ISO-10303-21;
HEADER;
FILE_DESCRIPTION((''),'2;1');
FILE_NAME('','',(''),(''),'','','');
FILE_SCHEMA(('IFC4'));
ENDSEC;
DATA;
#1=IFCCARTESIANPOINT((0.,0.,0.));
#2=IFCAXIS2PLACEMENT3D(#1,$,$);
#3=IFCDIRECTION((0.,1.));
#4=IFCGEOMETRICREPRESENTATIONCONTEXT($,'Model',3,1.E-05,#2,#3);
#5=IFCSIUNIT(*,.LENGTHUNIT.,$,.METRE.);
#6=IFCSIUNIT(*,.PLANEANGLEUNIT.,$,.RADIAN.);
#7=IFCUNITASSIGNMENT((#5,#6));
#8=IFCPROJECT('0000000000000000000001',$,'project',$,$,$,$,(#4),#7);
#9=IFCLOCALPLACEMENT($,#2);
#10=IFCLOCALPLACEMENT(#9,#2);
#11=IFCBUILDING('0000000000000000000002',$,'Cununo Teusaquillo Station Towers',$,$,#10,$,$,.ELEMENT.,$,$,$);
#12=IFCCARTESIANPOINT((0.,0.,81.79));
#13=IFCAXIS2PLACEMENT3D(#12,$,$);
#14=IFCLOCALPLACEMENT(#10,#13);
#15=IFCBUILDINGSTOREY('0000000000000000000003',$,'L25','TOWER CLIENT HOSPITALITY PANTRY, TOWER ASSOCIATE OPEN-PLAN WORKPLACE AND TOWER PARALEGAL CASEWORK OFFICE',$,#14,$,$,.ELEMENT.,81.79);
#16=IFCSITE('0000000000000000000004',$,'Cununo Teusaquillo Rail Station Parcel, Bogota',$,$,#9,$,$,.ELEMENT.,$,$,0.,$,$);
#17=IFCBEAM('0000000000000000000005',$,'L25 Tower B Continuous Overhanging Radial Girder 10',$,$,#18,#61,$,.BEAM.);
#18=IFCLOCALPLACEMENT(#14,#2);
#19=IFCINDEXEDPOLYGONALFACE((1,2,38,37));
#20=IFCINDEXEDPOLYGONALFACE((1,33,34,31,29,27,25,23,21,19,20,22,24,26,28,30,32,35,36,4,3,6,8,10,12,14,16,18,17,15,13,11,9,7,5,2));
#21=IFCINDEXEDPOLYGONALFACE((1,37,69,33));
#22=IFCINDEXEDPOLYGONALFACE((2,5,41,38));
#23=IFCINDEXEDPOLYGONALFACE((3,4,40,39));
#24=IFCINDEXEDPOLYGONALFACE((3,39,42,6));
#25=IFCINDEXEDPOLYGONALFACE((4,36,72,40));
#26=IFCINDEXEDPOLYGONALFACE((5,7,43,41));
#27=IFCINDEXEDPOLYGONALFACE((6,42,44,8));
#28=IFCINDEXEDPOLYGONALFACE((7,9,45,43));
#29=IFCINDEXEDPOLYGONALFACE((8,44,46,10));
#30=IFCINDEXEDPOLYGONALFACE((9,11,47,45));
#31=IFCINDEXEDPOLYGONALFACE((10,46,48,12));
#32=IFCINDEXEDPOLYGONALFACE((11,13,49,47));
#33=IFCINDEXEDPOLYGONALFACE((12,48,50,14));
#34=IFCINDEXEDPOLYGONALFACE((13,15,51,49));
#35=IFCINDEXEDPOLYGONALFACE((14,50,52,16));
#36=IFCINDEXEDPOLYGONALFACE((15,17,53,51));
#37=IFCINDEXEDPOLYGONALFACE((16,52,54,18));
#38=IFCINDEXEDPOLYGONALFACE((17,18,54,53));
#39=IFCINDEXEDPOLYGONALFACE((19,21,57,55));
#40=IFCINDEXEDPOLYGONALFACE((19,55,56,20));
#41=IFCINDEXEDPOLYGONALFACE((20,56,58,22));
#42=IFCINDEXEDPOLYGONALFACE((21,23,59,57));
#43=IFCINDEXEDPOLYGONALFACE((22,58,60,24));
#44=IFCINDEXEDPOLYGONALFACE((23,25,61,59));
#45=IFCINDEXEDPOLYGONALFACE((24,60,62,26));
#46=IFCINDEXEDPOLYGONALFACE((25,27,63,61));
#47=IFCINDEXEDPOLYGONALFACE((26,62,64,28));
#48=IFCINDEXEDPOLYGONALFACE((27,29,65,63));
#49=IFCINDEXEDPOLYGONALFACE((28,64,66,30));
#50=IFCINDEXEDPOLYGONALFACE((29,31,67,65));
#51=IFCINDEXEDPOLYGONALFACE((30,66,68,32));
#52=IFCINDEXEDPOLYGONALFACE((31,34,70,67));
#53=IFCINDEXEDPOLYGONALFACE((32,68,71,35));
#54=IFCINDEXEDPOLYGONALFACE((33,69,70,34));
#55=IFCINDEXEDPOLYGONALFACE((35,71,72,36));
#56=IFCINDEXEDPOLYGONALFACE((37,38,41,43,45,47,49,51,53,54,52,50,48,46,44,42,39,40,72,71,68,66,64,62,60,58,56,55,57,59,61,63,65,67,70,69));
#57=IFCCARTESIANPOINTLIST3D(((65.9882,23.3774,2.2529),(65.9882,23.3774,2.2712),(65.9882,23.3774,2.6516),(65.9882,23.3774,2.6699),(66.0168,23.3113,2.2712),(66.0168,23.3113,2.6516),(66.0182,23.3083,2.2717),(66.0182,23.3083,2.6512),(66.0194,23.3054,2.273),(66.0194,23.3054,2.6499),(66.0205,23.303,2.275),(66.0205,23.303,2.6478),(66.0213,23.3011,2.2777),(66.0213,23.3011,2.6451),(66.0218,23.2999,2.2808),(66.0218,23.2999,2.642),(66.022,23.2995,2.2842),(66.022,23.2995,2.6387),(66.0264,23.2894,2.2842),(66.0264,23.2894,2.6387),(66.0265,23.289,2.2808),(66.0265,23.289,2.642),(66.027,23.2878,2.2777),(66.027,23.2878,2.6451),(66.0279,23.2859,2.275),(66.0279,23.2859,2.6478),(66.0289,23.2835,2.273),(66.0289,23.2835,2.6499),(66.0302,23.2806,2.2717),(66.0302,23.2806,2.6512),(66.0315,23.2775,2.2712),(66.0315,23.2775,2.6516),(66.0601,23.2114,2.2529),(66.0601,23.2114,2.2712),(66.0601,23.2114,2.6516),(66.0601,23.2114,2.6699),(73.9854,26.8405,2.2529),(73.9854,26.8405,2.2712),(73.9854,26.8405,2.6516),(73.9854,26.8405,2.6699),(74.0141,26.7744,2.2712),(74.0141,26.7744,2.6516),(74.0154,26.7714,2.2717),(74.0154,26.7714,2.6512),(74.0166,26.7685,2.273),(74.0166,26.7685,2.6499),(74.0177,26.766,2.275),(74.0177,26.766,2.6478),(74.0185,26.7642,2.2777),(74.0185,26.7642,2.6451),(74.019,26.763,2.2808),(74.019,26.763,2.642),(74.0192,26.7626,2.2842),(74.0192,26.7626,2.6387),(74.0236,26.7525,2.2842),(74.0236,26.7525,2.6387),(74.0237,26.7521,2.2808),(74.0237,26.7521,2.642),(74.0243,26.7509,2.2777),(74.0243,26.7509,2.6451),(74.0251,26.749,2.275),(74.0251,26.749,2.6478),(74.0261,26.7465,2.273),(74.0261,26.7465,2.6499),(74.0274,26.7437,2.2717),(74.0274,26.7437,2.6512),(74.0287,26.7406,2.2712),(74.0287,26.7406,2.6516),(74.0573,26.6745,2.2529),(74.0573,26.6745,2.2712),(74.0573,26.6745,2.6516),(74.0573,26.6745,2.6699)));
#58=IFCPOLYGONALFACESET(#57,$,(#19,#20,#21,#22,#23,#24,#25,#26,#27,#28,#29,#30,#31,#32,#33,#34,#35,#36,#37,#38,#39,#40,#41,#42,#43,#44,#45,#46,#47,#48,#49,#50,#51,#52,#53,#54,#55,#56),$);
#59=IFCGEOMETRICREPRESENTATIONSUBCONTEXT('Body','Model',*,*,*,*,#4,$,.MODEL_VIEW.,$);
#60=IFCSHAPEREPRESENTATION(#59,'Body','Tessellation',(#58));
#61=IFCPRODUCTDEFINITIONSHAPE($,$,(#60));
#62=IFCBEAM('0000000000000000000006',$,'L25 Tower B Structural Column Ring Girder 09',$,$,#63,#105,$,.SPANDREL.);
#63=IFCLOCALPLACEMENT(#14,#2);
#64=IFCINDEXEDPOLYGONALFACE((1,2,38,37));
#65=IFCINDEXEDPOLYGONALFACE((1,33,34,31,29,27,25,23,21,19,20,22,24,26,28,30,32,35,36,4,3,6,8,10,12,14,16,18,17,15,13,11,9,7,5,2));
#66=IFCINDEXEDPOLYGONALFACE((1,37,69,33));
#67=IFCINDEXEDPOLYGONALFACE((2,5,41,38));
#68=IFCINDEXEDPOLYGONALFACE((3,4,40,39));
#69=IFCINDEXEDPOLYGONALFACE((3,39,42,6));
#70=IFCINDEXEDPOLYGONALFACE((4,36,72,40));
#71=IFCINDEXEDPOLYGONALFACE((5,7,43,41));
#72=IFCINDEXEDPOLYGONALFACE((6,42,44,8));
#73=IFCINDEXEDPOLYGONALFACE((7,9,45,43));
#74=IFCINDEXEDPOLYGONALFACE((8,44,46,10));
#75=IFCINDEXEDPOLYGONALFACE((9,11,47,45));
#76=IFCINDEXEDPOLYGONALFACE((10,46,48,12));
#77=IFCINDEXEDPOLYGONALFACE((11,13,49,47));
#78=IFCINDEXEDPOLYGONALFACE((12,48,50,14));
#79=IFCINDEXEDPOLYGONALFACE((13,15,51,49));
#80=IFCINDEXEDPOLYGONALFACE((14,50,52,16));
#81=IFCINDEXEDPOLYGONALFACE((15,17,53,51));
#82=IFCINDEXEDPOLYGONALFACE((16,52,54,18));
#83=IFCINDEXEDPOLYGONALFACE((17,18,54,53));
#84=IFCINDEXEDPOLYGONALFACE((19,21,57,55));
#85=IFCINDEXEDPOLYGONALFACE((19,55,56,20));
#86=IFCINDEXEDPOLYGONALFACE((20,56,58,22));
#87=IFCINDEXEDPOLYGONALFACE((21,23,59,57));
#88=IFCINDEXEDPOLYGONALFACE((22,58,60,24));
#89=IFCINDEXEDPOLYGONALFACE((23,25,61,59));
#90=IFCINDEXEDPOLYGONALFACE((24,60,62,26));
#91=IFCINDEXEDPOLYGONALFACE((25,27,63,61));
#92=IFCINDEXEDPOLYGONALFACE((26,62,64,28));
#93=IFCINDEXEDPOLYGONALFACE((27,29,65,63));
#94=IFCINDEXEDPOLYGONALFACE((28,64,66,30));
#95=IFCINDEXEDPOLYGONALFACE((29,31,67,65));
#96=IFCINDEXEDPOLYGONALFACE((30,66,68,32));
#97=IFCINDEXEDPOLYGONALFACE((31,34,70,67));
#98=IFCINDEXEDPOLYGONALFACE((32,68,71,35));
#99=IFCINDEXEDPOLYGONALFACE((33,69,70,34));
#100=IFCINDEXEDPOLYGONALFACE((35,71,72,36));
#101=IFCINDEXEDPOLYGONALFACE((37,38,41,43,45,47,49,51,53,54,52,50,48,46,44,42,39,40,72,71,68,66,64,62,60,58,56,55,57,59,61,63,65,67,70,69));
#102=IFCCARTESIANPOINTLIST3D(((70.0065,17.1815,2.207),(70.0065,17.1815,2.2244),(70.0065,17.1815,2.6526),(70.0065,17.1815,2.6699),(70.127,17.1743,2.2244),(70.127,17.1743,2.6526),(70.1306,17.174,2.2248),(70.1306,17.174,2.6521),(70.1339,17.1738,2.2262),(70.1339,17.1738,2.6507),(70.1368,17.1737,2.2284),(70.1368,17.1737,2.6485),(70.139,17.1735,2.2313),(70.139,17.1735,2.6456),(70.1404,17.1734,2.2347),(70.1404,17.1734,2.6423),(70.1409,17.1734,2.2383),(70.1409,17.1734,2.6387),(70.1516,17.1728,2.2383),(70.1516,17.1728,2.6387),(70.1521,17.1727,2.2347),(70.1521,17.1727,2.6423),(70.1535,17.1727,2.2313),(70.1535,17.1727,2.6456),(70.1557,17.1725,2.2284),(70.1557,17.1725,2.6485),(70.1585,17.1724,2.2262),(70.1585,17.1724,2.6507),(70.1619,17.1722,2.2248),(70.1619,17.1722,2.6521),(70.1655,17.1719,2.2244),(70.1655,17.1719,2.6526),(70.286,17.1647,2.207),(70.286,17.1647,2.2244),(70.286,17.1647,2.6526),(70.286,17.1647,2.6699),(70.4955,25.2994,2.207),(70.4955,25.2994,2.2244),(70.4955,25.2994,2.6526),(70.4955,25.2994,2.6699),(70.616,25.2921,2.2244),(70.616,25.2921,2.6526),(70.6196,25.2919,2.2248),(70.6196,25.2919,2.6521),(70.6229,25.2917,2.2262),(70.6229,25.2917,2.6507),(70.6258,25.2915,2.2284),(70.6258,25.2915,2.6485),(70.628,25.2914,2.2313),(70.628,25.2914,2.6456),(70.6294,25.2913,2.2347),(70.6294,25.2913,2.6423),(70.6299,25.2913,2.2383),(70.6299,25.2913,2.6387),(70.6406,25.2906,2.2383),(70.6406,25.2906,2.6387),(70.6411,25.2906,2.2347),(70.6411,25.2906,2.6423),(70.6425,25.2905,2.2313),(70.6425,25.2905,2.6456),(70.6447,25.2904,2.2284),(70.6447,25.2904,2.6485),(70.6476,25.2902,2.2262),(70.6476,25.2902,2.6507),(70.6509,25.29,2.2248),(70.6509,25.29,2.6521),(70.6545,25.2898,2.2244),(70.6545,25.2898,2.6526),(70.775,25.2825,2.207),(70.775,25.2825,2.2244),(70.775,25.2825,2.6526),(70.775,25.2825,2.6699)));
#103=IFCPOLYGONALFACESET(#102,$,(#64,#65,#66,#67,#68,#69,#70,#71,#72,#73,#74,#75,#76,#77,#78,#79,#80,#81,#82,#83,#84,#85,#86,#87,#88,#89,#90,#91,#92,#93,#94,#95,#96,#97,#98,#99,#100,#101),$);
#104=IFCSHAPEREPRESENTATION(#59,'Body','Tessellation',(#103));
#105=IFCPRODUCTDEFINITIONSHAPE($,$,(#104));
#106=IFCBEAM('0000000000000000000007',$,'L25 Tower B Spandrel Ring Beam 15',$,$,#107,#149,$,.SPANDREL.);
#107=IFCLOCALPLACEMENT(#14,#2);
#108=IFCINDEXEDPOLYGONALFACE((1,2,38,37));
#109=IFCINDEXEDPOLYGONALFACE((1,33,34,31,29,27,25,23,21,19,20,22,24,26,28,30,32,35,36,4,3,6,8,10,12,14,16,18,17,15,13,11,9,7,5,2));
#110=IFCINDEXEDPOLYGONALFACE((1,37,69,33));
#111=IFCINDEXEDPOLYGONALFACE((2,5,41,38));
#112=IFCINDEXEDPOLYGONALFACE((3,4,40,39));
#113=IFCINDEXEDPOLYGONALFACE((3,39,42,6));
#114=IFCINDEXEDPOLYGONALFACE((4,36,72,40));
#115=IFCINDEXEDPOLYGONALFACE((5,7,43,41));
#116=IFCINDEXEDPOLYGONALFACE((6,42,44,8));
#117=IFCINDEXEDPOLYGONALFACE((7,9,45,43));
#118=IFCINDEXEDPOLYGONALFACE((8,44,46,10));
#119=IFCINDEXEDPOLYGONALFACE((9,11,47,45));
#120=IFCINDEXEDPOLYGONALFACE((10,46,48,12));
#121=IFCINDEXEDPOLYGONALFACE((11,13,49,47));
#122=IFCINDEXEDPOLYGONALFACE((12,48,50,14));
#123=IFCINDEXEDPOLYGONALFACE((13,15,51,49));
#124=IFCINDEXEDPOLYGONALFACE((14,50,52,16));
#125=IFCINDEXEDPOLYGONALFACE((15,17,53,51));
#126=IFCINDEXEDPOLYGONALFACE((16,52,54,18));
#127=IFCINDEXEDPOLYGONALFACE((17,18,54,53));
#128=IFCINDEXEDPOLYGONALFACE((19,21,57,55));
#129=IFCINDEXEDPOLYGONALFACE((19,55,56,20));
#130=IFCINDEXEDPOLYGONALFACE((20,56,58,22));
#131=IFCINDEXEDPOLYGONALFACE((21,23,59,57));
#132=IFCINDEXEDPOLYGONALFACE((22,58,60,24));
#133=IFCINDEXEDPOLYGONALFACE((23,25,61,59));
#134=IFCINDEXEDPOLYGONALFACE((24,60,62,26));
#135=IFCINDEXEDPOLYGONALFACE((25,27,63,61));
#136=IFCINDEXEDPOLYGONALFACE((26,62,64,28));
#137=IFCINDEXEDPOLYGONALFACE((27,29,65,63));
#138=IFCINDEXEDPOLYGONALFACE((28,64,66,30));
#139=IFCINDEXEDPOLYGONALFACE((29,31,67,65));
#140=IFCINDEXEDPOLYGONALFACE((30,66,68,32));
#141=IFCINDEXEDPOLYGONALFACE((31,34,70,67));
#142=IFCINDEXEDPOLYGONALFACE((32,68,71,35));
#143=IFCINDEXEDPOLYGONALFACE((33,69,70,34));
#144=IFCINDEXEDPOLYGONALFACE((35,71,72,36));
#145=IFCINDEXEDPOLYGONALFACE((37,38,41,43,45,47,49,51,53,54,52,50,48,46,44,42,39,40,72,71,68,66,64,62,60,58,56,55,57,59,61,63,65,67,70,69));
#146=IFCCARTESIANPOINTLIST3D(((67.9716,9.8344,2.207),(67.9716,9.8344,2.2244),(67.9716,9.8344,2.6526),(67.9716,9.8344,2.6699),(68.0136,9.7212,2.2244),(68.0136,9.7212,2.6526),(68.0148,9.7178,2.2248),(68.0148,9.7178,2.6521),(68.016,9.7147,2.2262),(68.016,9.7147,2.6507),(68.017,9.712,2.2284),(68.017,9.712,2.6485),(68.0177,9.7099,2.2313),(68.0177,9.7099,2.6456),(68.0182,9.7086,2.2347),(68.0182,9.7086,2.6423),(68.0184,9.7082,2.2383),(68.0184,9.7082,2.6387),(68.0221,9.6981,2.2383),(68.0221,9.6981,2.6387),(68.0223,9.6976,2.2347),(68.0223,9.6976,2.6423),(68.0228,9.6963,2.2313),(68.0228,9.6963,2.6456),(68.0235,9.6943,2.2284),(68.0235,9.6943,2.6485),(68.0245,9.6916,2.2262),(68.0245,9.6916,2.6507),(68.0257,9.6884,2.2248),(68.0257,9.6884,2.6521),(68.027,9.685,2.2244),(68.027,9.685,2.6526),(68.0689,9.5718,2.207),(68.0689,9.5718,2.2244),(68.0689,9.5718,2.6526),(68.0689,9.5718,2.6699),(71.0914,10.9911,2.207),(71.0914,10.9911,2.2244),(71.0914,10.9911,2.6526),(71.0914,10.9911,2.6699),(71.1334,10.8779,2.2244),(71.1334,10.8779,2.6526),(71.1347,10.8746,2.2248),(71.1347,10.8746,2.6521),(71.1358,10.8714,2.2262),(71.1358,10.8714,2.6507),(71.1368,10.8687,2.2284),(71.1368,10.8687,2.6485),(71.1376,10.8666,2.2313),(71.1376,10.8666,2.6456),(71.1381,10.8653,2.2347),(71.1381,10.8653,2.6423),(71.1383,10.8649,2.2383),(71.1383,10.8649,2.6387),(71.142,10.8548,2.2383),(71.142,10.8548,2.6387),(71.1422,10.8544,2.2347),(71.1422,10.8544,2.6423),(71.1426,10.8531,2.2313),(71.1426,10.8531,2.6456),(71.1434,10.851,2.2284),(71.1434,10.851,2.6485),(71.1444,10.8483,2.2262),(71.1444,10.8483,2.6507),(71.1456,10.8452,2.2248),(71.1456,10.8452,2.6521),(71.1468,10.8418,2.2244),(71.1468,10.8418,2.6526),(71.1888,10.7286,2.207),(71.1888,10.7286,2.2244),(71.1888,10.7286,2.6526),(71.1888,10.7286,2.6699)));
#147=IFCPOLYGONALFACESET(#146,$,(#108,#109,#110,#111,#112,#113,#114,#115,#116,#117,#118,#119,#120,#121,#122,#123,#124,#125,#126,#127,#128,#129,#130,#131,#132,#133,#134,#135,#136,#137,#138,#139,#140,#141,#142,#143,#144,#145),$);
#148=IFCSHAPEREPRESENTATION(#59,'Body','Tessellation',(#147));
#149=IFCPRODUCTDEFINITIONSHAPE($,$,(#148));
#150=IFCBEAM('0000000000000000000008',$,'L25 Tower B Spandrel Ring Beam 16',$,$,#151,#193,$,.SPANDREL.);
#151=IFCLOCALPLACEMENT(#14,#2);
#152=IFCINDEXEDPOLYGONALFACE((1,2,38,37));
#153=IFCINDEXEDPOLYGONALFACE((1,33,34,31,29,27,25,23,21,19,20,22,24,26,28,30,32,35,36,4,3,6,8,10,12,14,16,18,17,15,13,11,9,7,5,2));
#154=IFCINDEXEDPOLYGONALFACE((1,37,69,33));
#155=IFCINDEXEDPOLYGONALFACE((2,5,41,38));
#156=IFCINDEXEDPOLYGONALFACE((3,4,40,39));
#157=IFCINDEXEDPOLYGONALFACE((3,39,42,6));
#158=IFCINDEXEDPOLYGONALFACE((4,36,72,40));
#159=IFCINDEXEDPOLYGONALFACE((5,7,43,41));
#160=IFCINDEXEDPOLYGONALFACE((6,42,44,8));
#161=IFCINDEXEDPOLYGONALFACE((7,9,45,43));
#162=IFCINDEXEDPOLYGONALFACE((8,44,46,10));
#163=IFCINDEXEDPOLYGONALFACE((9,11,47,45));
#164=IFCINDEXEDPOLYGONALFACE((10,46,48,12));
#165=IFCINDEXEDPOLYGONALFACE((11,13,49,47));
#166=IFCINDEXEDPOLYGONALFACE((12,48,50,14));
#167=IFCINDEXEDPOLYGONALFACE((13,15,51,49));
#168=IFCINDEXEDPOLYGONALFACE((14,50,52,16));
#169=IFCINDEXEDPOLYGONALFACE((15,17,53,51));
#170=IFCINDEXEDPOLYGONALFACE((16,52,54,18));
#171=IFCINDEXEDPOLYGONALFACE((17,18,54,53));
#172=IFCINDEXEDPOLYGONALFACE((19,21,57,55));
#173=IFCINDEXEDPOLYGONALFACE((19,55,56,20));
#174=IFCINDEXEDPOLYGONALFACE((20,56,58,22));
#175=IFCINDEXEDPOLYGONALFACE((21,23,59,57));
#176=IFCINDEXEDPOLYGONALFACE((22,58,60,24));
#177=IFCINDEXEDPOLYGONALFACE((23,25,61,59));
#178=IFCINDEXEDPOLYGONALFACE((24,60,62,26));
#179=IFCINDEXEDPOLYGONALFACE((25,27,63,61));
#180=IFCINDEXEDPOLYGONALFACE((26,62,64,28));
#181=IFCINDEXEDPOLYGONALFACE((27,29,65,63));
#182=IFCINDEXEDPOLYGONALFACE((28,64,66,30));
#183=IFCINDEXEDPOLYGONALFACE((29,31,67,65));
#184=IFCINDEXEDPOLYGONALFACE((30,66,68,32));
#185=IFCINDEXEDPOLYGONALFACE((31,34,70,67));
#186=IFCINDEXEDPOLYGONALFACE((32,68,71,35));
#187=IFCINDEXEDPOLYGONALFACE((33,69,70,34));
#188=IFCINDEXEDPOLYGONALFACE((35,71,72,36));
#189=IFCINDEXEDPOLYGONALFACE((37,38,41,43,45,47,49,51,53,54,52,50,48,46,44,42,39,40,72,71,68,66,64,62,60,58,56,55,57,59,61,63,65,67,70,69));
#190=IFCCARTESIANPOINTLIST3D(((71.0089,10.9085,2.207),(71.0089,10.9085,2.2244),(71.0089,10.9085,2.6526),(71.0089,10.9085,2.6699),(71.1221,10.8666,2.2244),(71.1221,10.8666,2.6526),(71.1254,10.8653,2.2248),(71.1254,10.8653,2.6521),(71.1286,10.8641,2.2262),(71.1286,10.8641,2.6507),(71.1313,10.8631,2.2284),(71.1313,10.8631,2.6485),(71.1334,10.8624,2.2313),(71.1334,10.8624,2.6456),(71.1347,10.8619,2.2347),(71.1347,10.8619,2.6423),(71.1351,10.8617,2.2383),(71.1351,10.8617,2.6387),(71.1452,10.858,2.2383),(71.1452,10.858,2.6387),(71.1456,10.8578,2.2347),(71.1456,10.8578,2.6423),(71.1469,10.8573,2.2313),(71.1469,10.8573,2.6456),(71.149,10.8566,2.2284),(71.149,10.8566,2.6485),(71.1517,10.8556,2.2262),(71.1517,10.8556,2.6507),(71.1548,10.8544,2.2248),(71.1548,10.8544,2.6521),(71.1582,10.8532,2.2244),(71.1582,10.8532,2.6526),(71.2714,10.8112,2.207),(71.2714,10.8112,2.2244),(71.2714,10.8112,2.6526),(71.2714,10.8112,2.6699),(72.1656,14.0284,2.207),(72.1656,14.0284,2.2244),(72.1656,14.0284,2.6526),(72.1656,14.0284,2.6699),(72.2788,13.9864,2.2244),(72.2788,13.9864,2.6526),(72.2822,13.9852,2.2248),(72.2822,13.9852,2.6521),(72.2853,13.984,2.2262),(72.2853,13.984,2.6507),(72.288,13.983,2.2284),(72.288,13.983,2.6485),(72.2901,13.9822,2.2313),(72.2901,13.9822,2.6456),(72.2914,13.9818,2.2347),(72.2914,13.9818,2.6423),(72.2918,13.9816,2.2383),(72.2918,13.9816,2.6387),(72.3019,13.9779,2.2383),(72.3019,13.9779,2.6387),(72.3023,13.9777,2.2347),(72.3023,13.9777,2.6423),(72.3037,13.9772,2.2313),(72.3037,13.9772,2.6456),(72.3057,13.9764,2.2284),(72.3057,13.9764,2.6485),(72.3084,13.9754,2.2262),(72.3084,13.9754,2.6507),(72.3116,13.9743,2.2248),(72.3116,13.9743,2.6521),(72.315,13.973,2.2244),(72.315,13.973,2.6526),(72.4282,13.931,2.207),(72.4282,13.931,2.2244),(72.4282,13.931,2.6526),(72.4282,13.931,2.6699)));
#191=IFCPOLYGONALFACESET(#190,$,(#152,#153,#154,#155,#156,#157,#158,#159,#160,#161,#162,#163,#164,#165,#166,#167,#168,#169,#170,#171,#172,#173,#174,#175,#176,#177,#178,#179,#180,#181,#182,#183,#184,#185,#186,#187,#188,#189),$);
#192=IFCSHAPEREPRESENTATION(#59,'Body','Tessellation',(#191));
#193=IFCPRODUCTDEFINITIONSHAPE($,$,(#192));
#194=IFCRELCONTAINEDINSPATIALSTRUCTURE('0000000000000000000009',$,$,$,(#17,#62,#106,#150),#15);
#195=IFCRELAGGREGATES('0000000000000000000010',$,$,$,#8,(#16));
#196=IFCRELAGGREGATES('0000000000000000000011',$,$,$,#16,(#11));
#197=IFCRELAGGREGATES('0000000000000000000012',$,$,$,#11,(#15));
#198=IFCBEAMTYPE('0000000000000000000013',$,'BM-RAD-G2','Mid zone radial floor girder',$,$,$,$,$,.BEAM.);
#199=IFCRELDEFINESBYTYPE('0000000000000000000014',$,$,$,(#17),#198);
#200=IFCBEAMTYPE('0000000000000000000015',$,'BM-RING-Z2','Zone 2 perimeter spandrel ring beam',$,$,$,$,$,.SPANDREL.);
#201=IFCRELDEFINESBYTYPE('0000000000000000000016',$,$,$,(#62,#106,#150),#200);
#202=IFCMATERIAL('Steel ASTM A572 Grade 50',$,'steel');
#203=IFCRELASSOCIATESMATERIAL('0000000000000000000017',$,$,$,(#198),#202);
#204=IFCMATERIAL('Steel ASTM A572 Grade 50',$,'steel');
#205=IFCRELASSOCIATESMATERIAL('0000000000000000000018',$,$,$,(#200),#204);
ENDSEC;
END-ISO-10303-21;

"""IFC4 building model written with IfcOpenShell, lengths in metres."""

from ifc_helpers import new_model, si_unit, direction, frame, origin, origin_2d, place, context, subcontext, project, spatial, i_section, extrude, material, material_profile, profile_set, type_object, element, save


model = new_model("IFC4")

# Units and contexts
model_context = context("Model", 3, precision=1e-05, world=origin(), true_north=direction((0.0, 1.0)))
body_context = subcontext(model_context, "Body", "Model", "MODEL_VIEW")
ifc_project = project(units=[si_unit("LENGTHUNIT", "METRE"), si_unit("PLANEANGLEUNIT", "RADIAN")], contexts=[model_context])

# Site, building, storey
site_placement = place(None, origin())
site = spatial("IfcSite", under=ifc_project, at=site_placement, Name="Cununo Teusaquillo Rail Station Parcel, Bogota", CompositionType="ELEMENT", RefElevation=0.0)
building_placement = place(site_placement, origin())
building = spatial("IfcBuilding", under=site, at=building_placement, Name="Cununo Teusaquillo Station Towers", CompositionType="ELEMENT")
storey_placement = place(building_placement, frame((0.0, 0.0, 81.79)))
storey = spatial("IfcBuildingStorey", under=building, at=storey_placement, Name="L25", Description="TOWER CLIENT HOSPITALITY PANTRY, TOWER ASSOCIATE OPEN-PLAN WORKPLACE AND TOWER PARALEGAL CASEWORK OFFICE", CompositionType="ELEMENT", Elevation=81.79)

# Beams
ifc_material_1 = material(Name="Steel ASTM A572 Grade 50", Category="steel")
ifc_material_profile_1 = material_profile(ifc_material_1, i_section(OverallWidth=0.1809, OverallDepth=0.417, WebThickness=0.011, FlangeThickness=0.0183, FilletRadius=0.0129, at=origin_2d()), Name="W16X57")
ifc_profile_set_1 = profile_set([ifc_material_profile_1], Name="Steel ASTM A572 Grade 50")
beam_type_1 = type_object("IfcBeamType", Name="BM-RAD-G2", Description="Mid zone radial floor girder", PredefinedType="BEAM", material=ifc_profile_set_1)
beam_1_placement = place(storey_placement, frame((66.0242, 23.2944, 2.4614), z_axis=(0.917655, 0.397379, 0.0), x_axis=(-0.397379, 0.917655, 0.0)))
element("IfcBeam", 1, at=beam_1_placement, inside=storey, type_object=beam_type_1, Name="L25 Tower B Continuous Overhanging Radial Girder 10", PredefinedType="BEAM", context=body_context, shape_type="SweptSolid", body=[
    extrude(i_section(OverallWidth=0.1809, OverallDepth=0.417, WebThickness=0.011, FlangeThickness=0.0183, FilletRadius=0.0129, at=origin_2d()), origin(), (0.0, 0.0, 1.0), 8.7148),
])
ifc_material_2 = material(Name="Steel ASTM A572 Grade 50", Category="steel")
ifc_material_profile_2 = material_profile(ifc_material_2, i_section(OverallWidth=0.28, OverallDepth=0.4629, WebThickness=0.0107, FlangeThickness=0.0173, FilletRadius=0.0139, at=origin_2d()), Name="W18X76")
ifc_profile_set_2 = profile_set([ifc_material_profile_2], Name="Steel ASTM A572 Grade 50")
beam_type_2 = type_object("IfcBeamType", Name="BM-RING-Z2", Description="Zone 2 perimeter spandrel ring beam", PredefinedType="SPANDREL", material=ifc_profile_set_2)
beam_2_placement = place(storey_placement, frame((70.1462, 17.1731, 2.4385), z_axis=(0.06013, 0.998191, 0.0), x_axis=(-0.998191, 0.06013, 0.0)))
element("IfcBeam", 2, at=beam_2_placement, inside=storey, type_object=beam_type_2, Name="L25 Tower B Structural Column Ring Girder 09", PredefinedType="SPANDREL", context=body_context, shape_type="SweptSolid", body=[
    extrude(i_section(OverallWidth=0.28, OverallDepth=0.4629, WebThickness=0.0107, FlangeThickness=0.0173, FilletRadius=0.0139, at=origin_2d()), origin(), (0.0, 0.0, 1.0), 8.1326),
])
for number, where, z_axis, x_axis, name in (
    (3, (68.0203, 9.7031, 2.4385), (0.937628, 0.347639, 0.0), (-0.347639, 0.937628, 0.0), "L25 Tower B Spandrel Ring Beam 15"),
    (4, (71.1401, 10.8599, 2.4385), (0.347639, 0.937628, 0.0), (-0.937628, 0.347639, 0.0), "L25 Tower B Spandrel Ring Beam 16"),
):
    element("IfcBeam", number, at=place(storey_placement, frame(where, z_axis=z_axis, x_axis=x_axis)), inside=storey, type_object=beam_type_2, Name=name, PredefinedType="SPANDREL", context=body_context, shape_type="SweptSolid", body=[
        extrude(i_section(OverallWidth=0.28, OverallDepth=0.4629, WebThickness=0.0107, FlangeThickness=0.0173, FilletRadius=0.0139, at=origin_2d()), origin(), (0.0, 0.0, 1.0), 3.3274),
    ])

save(model, "model.ifc")
